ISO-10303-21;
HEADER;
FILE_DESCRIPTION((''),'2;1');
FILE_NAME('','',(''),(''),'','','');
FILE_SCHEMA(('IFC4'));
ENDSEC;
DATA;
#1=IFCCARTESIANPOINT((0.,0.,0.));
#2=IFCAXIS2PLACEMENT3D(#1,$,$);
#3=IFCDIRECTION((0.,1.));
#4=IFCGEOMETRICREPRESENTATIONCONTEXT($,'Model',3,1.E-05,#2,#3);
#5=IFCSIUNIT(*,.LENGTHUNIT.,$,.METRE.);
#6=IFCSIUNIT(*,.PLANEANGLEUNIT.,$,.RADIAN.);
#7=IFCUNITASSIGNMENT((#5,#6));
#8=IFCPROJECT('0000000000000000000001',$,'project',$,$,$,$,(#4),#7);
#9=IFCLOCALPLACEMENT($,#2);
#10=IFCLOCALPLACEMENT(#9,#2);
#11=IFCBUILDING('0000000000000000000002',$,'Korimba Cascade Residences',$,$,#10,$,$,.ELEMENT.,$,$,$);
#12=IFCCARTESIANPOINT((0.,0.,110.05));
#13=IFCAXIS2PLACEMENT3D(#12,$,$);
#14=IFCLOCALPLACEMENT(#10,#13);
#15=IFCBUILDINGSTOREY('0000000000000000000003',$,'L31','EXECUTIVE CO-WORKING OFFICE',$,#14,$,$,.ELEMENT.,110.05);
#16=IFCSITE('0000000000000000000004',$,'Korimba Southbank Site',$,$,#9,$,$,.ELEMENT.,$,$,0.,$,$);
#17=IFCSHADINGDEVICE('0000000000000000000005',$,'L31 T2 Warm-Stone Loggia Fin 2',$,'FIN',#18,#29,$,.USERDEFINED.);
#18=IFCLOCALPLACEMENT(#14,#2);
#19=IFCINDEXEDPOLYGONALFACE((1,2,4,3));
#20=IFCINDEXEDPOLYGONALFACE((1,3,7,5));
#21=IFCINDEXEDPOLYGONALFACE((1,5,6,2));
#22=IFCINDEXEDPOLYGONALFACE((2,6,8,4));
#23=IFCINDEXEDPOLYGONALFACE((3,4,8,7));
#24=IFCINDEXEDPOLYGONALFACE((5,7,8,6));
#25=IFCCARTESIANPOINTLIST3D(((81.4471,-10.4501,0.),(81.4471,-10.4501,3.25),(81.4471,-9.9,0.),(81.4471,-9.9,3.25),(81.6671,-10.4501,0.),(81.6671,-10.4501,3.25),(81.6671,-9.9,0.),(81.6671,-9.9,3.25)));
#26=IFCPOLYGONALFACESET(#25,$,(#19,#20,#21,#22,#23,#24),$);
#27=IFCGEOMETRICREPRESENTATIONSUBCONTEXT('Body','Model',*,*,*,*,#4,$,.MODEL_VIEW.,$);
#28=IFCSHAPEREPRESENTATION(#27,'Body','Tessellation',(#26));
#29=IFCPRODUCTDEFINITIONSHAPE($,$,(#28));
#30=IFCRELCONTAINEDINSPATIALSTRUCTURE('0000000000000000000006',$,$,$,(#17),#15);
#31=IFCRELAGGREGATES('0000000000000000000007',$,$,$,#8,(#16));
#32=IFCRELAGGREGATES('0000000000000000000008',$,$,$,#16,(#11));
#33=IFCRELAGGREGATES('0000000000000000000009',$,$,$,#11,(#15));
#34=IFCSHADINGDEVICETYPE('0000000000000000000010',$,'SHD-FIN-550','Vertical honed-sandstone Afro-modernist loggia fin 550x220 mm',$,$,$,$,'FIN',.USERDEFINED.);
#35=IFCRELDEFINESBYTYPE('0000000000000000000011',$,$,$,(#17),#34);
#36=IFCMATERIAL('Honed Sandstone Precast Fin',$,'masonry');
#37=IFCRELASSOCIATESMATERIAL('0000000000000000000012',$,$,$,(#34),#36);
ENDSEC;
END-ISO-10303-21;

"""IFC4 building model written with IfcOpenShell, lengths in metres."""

from ifc_helpers import new_model, si_unit, direction, frame, origin, origin_2d, place, context, subcontext, project, spatial, rectangle, extrude, material, type_object, element, save


model = new_model("IFC4")

# Units and contexts
model_context = context("Model", 3, precision=1e-05, world=origin(), true_north=direction((0.0, 1.0)))
body_context = subcontext(model_context, "Body", "Model", "MODEL_VIEW")
ifc_project = project(units=[si_unit("LENGTHUNIT", "METRE"), si_unit("PLANEANGLEUNIT", "RADIAN")], contexts=[model_context])

# Site, building, storey
site_placement = place(None, origin())
site = spatial("IfcSite", under=ifc_project, at=site_placement, Name="Korimba Southbank Site", CompositionType="ELEMENT", RefElevation=0.0)
building_placement = place(site_placement, origin())
building = spatial("IfcBuilding", under=site, at=building_placement, Name="Korimba Cascade Residences", CompositionType="ELEMENT")
storey_placement = place(building_placement, frame((0.0, 0.0, 110.05)))
storey = spatial("IfcBuildingStorey", under=building, at=storey_placement, Name="L31", Description="EXECUTIVE CO-WORKING OFFICE", CompositionType="ELEMENT", Elevation=110.05)

# Shading device
ifc_material_1 = material(Name="Honed Sandstone Precast Fin", Category="masonry")
shading_device_type = type_object("IfcShadingDeviceType", Name="SHD-FIN-550", Description="Vertical honed-sandstone Afro-modernist loggia fin 550x220 mm", ElementType="FIN", PredefinedType="USERDEFINED", material=ifc_material_1)
for number, where, z_axis, x_axis, name in (
    (1, (81.5571, -10.175, 0.0), (0.0, 0.0, 1.0), (1.0, 0.0, 0.0), "L31 T2 Warm-Stone Loggia Fin 2"),
):
    element("IfcShadingDevice", number, at=place(storey_placement, frame(where, z_axis=z_axis, x_axis=x_axis)), inside=storey, type_object=shading_device_type, Name=name, ObjectType="FIN", PredefinedType="USERDEFINED", context=body_context, shape_type="SweptSolid", body=[
        extrude(rectangle(XDim=0.22, YDim=0.55, at=origin_2d()), origin(), (0.0, 0.0, 1.0), 3.25),
    ])

save(model, "model.ifc")
